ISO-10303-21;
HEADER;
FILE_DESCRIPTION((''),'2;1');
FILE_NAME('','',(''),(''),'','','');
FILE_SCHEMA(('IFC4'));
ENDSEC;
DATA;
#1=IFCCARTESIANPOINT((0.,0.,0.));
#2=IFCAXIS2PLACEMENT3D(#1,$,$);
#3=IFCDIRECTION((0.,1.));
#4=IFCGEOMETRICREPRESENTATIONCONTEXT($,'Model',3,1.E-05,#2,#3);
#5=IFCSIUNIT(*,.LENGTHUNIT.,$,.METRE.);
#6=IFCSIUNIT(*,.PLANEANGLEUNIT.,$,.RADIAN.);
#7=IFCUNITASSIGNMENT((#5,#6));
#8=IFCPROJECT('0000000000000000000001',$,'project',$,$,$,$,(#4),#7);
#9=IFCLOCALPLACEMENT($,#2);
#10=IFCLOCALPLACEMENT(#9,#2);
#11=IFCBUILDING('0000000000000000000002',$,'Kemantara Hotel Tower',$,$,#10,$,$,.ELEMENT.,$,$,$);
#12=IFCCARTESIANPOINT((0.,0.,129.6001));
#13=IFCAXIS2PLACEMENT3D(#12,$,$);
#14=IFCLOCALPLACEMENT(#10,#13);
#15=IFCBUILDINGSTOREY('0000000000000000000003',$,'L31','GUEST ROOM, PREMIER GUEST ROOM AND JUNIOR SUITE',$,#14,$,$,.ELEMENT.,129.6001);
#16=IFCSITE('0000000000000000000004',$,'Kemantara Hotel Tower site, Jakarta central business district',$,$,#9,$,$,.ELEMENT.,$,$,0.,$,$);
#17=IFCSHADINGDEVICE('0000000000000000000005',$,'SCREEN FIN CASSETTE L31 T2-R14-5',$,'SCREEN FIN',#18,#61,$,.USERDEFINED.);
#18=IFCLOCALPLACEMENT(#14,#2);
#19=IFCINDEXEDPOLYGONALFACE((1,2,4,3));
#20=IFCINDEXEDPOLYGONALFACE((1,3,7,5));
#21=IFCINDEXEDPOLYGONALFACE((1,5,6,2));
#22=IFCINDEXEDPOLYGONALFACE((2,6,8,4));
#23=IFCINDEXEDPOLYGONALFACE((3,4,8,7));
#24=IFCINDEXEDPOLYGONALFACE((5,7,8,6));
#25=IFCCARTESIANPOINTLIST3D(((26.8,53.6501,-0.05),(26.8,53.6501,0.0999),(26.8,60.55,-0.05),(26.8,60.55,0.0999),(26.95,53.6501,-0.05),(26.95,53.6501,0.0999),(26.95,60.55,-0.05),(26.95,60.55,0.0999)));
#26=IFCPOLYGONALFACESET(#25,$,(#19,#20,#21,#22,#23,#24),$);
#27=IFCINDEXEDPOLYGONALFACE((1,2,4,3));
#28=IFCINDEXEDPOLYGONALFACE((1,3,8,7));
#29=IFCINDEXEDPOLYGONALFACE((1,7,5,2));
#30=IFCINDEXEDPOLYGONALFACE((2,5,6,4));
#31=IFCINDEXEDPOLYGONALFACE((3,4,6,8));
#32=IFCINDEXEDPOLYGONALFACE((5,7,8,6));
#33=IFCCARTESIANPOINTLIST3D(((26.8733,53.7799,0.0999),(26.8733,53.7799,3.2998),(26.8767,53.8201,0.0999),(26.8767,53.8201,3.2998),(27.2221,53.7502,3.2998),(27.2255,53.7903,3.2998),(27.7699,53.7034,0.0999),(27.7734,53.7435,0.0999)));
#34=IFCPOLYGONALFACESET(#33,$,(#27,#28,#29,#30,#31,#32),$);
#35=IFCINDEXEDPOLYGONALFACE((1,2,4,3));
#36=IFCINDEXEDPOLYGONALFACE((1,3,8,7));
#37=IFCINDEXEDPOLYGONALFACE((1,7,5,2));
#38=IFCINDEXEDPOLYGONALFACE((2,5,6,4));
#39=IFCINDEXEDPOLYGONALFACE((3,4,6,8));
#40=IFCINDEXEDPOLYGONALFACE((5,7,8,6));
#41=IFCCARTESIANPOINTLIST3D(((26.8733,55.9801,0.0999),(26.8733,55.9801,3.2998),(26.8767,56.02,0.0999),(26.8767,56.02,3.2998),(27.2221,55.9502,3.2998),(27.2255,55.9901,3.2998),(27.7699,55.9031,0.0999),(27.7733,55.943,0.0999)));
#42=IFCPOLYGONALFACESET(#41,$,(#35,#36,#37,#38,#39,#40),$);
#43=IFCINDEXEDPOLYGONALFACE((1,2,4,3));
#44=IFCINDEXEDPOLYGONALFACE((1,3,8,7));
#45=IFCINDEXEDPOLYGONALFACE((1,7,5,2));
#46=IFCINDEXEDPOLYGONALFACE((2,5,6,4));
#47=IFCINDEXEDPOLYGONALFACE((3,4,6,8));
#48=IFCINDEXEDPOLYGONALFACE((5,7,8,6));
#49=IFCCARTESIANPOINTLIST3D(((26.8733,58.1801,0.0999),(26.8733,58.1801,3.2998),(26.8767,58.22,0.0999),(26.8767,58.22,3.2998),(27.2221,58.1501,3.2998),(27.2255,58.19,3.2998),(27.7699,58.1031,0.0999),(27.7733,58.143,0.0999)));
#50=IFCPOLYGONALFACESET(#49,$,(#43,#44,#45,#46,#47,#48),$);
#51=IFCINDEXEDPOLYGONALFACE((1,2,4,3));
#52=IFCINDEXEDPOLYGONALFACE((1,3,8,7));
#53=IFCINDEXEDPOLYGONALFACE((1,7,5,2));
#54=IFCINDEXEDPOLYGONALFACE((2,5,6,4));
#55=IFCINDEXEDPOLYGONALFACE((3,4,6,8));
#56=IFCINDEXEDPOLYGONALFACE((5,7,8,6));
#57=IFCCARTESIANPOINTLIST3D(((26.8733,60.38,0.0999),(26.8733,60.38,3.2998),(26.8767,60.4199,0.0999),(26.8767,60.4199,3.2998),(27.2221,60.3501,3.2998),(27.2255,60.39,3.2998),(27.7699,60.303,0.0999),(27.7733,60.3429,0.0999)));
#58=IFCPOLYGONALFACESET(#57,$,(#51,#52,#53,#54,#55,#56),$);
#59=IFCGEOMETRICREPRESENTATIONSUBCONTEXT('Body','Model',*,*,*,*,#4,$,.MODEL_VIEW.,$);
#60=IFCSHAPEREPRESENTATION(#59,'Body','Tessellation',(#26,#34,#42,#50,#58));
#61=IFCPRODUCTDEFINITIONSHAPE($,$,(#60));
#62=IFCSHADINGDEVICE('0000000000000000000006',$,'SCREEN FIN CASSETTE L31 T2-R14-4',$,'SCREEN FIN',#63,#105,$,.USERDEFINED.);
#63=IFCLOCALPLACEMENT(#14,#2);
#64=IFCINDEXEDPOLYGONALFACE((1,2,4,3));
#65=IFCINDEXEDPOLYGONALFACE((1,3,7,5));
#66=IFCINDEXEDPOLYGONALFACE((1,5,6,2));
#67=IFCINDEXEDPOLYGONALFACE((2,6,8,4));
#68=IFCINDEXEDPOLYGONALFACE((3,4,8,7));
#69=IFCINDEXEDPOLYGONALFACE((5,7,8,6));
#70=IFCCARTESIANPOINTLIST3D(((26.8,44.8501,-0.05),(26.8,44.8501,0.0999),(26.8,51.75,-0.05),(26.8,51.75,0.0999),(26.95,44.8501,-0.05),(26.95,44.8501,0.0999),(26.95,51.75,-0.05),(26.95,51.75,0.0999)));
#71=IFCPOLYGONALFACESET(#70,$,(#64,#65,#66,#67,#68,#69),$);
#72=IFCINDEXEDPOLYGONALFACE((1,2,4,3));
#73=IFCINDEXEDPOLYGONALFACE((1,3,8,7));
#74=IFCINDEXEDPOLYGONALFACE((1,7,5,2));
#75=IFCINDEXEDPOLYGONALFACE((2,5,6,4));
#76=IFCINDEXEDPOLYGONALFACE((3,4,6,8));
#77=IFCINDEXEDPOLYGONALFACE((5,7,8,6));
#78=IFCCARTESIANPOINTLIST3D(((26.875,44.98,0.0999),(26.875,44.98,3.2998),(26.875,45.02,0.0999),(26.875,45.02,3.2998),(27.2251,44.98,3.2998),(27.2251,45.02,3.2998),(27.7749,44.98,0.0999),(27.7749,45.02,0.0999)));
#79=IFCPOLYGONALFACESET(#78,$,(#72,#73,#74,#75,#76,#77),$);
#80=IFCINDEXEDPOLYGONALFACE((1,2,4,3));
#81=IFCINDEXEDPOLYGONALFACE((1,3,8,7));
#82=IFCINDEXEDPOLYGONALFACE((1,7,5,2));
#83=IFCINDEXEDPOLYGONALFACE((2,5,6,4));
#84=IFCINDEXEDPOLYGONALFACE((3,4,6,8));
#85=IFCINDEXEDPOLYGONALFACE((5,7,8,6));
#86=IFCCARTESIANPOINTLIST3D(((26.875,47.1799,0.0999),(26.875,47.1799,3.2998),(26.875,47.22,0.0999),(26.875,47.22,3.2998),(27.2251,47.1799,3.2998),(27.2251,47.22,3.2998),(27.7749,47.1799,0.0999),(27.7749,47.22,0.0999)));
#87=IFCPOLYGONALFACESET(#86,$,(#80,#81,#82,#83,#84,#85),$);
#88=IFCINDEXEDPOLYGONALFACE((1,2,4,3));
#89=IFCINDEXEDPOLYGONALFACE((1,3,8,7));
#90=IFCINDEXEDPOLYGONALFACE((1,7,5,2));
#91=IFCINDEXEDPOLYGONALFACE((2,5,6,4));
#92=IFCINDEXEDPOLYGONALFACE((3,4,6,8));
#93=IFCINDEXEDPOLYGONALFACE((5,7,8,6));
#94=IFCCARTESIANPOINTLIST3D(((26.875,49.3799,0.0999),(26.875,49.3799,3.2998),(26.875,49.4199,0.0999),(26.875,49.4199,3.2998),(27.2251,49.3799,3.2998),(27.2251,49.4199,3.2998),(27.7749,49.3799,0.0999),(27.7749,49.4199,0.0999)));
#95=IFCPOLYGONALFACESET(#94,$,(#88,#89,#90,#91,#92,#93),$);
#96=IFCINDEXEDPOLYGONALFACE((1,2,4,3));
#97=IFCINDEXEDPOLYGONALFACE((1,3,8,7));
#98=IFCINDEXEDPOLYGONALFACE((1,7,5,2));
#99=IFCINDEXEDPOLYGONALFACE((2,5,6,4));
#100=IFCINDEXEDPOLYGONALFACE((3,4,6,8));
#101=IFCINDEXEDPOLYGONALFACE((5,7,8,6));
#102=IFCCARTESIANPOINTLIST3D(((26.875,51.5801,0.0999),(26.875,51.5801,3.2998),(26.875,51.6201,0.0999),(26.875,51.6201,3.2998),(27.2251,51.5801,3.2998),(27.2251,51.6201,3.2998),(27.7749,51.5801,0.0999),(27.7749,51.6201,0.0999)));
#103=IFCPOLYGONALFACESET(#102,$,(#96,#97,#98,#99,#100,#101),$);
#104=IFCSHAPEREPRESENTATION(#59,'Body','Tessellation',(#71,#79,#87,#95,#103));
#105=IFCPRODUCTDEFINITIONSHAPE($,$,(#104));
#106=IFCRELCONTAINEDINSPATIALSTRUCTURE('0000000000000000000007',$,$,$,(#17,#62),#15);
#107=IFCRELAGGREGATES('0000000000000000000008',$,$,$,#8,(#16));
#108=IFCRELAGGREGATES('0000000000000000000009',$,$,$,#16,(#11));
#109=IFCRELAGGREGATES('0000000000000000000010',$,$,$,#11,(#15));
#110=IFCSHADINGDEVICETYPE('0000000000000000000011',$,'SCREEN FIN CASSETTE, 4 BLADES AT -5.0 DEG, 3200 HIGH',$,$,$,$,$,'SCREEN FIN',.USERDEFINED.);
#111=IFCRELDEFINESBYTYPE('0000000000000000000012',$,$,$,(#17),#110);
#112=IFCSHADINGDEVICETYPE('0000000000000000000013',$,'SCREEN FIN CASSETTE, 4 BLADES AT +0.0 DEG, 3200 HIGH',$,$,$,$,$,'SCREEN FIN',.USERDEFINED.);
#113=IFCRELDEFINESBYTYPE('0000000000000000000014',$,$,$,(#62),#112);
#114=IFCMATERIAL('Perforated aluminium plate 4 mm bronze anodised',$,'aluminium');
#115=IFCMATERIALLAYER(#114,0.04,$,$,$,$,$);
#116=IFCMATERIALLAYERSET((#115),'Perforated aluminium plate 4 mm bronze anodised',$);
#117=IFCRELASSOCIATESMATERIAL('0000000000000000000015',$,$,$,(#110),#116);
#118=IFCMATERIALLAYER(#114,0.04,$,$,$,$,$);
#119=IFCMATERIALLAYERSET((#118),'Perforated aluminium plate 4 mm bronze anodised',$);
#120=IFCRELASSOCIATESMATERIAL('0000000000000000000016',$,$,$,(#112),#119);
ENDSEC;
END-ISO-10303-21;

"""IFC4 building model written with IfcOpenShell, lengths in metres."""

from ifc_helpers import new_model, si_unit, direction, frame, origin, origin_2d, place, context, subcontext, project, spatial, polyline, rectangle, outline, extrude, source, transform, mapped, material, layer, layer_set, type_object, element, save


model = new_model("IFC4")

# Units and contexts
model_context = context("Model", 3, precision=1e-05, world=origin(), true_north=direction((0.0, 1.0)))
body_context = subcontext(model_context, "Body", "Model", "MODEL_VIEW")
ifc_project = project(units=[si_unit("LENGTHUNIT", "METRE"), si_unit("PLANEANGLEUNIT", "RADIAN")], contexts=[model_context])

# Site, building, storey
site_placement = place(None, origin())
site = spatial("IfcSite", under=ifc_project, at=site_placement, Name="Kemantara Hotel Tower site, Jakarta central business district", CompositionType="ELEMENT", RefElevation=0.0)
building_placement = place(site_placement, origin())
building = spatial("IfcBuilding", under=site, at=building_placement, Name="Kemantara Hotel Tower", CompositionType="ELEMENT")
storey_placement = place(building_placement, frame((0.0, 0.0, 129.6001)))
storey = spatial("IfcBuildingStorey", under=building, at=storey_placement, Name="L31", Description="GUEST ROOM, PREMIER GUEST ROOM AND JUNIOR SUITE", CompositionType="ELEMENT", Elevation=129.6001)

# Shading devices
ifc_material_1 = material(Name="Perforated aluminium plate 4 mm bronze anodised", Category="aluminium")
ifc_layer_1 = layer(ifc_material_1, 0.04)
ifc_layer_set_1 = layer_set([ifc_layer_1], Name="Perforated aluminium plate 4 mm bronze anodised")
shading_device_type_1 = type_object("IfcShadingDeviceType", Name="SCREEN FIN CASSETTE, 4 BLADES AT -5.0 DEG, 3200 HIGH", ElementType="SCREEN FIN", PredefinedType="USERDEFINED", material=ifc_layer_set_1)
shared_shape_1 = source(origin(), body_context, "Body", "SweptSolid", [
    extrude(rectangle(XDim=6.8999, YDim=0.1499, at=origin_2d()), frame((3.3, -0.075, -0.1499), z_axis=(0.0, 0.0, 1.0), x_axis=(1.0, 0.0, 0.0)), (0.0, 0.0, 1.0), 0.1499),
    extrude(outline(polyline([(0.0, 0.0), (0.8999, 0.0), (0.3501, 3.2), (0.0, 3.2), (0.0, 0.0)])), frame((0.02, -0.0767, 0.0), z_axis=(-0.996376, 0.085056, 0.0), x_axis=(-0.085056, -0.996376, 0.0)), (0.0, 0.0, 1.0), 0.0403),
    extrude(outline(polyline([(0.0, 0.0), (0.8999, 0.0), (0.3501, 3.2), (0.0, 3.2), (0.0, 0.0)])), frame((2.22, -0.0767, 0.0), z_axis=(-0.996332, 0.085575, 0.0), x_axis=(-0.085575, -0.996332, 0.0)), (0.0, 0.0, 1.0), 0.04),
    extrude(outline(polyline([(0.0, 0.0), (0.8999, 0.0), (0.3501, 3.2), (0.0, 3.2), (0.0, 0.0)])), frame((4.4199, -0.0767, 0.0), z_axis=(-0.996332, 0.085575, 0.0), x_axis=(-0.085575, -0.996332, 0.0)), (0.0, 0.0, 1.0), 0.04),
    extrude(outline(polyline([(0.0, 0.0), (0.8999, 0.0), (0.3501, 3.2), (0.0, 3.2), (0.0, 0.0)])), frame((6.6199, -0.0767, 0.0), z_axis=(-0.996332, 0.085575, 0.0), x_axis=(-0.085575, -0.996332, 0.0)), (0.0, 0.0, 1.0), 0.04),
])
shading_device_1_placement = place(storey_placement, frame((26.8, 53.8, 0.0999), z_axis=(0.0, 0.0, 1.0), x_axis=(0.0, 1.0, 0.0)))
element("IfcShadingDevice", 1, at=shading_device_1_placement, inside=storey, type_object=shading_device_type_1, Name="SCREEN FIN CASSETTE L31 T2-R14-5", ObjectType="SCREEN FIN", PredefinedType="USERDEFINED", context=body_context, shape_type="MappedRepresentation", body=[
    mapped(shared_shape_1, transform((0.0, 0.0, 0.0))),
])
ifc_layer_2 = layer(ifc_material_1, 0.04)
ifc_layer_set_2 = layer_set([ifc_layer_2], Name="Perforated aluminium plate 4 mm bronze anodised")
shading_device_type_2 = type_object("IfcShadingDeviceType", Name="SCREEN FIN CASSETTE, 4 BLADES AT +0.0 DEG, 3200 HIGH", ElementType="SCREEN FIN", PredefinedType="USERDEFINED", material=ifc_layer_set_2)
shared_shape_2 = source(origin(), body_context, "Body", "SweptSolid", [
    extrude(rectangle(XDim=6.8999, YDim=0.1499, at=origin_2d()), frame((3.3, -0.075, -0.1499), z_axis=(0.0, 0.0, 1.0), x_axis=(1.0, 0.0, 0.0)), (0.0, 0.0, 1.0), 0.1499),
    extrude(outline(polyline([(0.0, 0.0), (0.8999, 0.0), (0.3501, 3.2), (0.0, 3.2), (0.0, 0.0)])), frame((0.02, -0.075, 0.0), z_axis=(-1.0, 0.0, 0.0), x_axis=(0.0, -1.0, 0.0)), (0.0, 0.0, 1.0), 0.04),
    extrude(outline(polyline([(0.0, 0.0), (0.8999, 0.0), (0.3501, 3.2), (0.0, 3.2), (0.0, 0.0)])), frame((2.22, -0.075, 0.0), z_axis=(-1.0, 0.0, 0.0), x_axis=(0.0, -1.0, 0.0)), (0.0, 0.0, 1.0), 0.04),
    extrude(outline(polyline([(0.0, 0.0), (0.8999, 0.0), (0.3501, 3.2), (0.0, 3.2), (0.0, 0.0)])), frame((4.4199, -0.075, 0.0), z_axis=(-1.0, 0.0, 0.0), x_axis=(0.0, -1.0, 0.0)), (0.0, 0.0, 1.0), 0.04),
    extrude(outline(polyline([(0.0, 0.0), (0.8999, 0.0), (0.3501, 3.2), (0.0, 3.2), (0.0, 0.0)])), frame((6.6201, -0.075, 0.0), z_axis=(-1.0, 0.0, 0.0), x_axis=(0.0, -1.0, 0.0)), (0.0, 0.0, 1.0), 0.04),
])
shading_device_2_placement = place(storey_placement, frame((26.8, 45.0, 0.0999), z_axis=(0.0, 0.0, 1.0), x_axis=(0.0, 1.0, 0.0)))
element("IfcShadingDevice", 2, at=shading_device_2_placement, inside=storey, type_object=shading_device_type_2, Name="SCREEN FIN CASSETTE L31 T2-R14-4", ObjectType="SCREEN FIN", PredefinedType="USERDEFINED", context=body_context, shape_type="MappedRepresentation", body=[
    mapped(shared_shape_2, transform((0.0, 0.0, 0.0))),
])

save(model, "model.ifc")
